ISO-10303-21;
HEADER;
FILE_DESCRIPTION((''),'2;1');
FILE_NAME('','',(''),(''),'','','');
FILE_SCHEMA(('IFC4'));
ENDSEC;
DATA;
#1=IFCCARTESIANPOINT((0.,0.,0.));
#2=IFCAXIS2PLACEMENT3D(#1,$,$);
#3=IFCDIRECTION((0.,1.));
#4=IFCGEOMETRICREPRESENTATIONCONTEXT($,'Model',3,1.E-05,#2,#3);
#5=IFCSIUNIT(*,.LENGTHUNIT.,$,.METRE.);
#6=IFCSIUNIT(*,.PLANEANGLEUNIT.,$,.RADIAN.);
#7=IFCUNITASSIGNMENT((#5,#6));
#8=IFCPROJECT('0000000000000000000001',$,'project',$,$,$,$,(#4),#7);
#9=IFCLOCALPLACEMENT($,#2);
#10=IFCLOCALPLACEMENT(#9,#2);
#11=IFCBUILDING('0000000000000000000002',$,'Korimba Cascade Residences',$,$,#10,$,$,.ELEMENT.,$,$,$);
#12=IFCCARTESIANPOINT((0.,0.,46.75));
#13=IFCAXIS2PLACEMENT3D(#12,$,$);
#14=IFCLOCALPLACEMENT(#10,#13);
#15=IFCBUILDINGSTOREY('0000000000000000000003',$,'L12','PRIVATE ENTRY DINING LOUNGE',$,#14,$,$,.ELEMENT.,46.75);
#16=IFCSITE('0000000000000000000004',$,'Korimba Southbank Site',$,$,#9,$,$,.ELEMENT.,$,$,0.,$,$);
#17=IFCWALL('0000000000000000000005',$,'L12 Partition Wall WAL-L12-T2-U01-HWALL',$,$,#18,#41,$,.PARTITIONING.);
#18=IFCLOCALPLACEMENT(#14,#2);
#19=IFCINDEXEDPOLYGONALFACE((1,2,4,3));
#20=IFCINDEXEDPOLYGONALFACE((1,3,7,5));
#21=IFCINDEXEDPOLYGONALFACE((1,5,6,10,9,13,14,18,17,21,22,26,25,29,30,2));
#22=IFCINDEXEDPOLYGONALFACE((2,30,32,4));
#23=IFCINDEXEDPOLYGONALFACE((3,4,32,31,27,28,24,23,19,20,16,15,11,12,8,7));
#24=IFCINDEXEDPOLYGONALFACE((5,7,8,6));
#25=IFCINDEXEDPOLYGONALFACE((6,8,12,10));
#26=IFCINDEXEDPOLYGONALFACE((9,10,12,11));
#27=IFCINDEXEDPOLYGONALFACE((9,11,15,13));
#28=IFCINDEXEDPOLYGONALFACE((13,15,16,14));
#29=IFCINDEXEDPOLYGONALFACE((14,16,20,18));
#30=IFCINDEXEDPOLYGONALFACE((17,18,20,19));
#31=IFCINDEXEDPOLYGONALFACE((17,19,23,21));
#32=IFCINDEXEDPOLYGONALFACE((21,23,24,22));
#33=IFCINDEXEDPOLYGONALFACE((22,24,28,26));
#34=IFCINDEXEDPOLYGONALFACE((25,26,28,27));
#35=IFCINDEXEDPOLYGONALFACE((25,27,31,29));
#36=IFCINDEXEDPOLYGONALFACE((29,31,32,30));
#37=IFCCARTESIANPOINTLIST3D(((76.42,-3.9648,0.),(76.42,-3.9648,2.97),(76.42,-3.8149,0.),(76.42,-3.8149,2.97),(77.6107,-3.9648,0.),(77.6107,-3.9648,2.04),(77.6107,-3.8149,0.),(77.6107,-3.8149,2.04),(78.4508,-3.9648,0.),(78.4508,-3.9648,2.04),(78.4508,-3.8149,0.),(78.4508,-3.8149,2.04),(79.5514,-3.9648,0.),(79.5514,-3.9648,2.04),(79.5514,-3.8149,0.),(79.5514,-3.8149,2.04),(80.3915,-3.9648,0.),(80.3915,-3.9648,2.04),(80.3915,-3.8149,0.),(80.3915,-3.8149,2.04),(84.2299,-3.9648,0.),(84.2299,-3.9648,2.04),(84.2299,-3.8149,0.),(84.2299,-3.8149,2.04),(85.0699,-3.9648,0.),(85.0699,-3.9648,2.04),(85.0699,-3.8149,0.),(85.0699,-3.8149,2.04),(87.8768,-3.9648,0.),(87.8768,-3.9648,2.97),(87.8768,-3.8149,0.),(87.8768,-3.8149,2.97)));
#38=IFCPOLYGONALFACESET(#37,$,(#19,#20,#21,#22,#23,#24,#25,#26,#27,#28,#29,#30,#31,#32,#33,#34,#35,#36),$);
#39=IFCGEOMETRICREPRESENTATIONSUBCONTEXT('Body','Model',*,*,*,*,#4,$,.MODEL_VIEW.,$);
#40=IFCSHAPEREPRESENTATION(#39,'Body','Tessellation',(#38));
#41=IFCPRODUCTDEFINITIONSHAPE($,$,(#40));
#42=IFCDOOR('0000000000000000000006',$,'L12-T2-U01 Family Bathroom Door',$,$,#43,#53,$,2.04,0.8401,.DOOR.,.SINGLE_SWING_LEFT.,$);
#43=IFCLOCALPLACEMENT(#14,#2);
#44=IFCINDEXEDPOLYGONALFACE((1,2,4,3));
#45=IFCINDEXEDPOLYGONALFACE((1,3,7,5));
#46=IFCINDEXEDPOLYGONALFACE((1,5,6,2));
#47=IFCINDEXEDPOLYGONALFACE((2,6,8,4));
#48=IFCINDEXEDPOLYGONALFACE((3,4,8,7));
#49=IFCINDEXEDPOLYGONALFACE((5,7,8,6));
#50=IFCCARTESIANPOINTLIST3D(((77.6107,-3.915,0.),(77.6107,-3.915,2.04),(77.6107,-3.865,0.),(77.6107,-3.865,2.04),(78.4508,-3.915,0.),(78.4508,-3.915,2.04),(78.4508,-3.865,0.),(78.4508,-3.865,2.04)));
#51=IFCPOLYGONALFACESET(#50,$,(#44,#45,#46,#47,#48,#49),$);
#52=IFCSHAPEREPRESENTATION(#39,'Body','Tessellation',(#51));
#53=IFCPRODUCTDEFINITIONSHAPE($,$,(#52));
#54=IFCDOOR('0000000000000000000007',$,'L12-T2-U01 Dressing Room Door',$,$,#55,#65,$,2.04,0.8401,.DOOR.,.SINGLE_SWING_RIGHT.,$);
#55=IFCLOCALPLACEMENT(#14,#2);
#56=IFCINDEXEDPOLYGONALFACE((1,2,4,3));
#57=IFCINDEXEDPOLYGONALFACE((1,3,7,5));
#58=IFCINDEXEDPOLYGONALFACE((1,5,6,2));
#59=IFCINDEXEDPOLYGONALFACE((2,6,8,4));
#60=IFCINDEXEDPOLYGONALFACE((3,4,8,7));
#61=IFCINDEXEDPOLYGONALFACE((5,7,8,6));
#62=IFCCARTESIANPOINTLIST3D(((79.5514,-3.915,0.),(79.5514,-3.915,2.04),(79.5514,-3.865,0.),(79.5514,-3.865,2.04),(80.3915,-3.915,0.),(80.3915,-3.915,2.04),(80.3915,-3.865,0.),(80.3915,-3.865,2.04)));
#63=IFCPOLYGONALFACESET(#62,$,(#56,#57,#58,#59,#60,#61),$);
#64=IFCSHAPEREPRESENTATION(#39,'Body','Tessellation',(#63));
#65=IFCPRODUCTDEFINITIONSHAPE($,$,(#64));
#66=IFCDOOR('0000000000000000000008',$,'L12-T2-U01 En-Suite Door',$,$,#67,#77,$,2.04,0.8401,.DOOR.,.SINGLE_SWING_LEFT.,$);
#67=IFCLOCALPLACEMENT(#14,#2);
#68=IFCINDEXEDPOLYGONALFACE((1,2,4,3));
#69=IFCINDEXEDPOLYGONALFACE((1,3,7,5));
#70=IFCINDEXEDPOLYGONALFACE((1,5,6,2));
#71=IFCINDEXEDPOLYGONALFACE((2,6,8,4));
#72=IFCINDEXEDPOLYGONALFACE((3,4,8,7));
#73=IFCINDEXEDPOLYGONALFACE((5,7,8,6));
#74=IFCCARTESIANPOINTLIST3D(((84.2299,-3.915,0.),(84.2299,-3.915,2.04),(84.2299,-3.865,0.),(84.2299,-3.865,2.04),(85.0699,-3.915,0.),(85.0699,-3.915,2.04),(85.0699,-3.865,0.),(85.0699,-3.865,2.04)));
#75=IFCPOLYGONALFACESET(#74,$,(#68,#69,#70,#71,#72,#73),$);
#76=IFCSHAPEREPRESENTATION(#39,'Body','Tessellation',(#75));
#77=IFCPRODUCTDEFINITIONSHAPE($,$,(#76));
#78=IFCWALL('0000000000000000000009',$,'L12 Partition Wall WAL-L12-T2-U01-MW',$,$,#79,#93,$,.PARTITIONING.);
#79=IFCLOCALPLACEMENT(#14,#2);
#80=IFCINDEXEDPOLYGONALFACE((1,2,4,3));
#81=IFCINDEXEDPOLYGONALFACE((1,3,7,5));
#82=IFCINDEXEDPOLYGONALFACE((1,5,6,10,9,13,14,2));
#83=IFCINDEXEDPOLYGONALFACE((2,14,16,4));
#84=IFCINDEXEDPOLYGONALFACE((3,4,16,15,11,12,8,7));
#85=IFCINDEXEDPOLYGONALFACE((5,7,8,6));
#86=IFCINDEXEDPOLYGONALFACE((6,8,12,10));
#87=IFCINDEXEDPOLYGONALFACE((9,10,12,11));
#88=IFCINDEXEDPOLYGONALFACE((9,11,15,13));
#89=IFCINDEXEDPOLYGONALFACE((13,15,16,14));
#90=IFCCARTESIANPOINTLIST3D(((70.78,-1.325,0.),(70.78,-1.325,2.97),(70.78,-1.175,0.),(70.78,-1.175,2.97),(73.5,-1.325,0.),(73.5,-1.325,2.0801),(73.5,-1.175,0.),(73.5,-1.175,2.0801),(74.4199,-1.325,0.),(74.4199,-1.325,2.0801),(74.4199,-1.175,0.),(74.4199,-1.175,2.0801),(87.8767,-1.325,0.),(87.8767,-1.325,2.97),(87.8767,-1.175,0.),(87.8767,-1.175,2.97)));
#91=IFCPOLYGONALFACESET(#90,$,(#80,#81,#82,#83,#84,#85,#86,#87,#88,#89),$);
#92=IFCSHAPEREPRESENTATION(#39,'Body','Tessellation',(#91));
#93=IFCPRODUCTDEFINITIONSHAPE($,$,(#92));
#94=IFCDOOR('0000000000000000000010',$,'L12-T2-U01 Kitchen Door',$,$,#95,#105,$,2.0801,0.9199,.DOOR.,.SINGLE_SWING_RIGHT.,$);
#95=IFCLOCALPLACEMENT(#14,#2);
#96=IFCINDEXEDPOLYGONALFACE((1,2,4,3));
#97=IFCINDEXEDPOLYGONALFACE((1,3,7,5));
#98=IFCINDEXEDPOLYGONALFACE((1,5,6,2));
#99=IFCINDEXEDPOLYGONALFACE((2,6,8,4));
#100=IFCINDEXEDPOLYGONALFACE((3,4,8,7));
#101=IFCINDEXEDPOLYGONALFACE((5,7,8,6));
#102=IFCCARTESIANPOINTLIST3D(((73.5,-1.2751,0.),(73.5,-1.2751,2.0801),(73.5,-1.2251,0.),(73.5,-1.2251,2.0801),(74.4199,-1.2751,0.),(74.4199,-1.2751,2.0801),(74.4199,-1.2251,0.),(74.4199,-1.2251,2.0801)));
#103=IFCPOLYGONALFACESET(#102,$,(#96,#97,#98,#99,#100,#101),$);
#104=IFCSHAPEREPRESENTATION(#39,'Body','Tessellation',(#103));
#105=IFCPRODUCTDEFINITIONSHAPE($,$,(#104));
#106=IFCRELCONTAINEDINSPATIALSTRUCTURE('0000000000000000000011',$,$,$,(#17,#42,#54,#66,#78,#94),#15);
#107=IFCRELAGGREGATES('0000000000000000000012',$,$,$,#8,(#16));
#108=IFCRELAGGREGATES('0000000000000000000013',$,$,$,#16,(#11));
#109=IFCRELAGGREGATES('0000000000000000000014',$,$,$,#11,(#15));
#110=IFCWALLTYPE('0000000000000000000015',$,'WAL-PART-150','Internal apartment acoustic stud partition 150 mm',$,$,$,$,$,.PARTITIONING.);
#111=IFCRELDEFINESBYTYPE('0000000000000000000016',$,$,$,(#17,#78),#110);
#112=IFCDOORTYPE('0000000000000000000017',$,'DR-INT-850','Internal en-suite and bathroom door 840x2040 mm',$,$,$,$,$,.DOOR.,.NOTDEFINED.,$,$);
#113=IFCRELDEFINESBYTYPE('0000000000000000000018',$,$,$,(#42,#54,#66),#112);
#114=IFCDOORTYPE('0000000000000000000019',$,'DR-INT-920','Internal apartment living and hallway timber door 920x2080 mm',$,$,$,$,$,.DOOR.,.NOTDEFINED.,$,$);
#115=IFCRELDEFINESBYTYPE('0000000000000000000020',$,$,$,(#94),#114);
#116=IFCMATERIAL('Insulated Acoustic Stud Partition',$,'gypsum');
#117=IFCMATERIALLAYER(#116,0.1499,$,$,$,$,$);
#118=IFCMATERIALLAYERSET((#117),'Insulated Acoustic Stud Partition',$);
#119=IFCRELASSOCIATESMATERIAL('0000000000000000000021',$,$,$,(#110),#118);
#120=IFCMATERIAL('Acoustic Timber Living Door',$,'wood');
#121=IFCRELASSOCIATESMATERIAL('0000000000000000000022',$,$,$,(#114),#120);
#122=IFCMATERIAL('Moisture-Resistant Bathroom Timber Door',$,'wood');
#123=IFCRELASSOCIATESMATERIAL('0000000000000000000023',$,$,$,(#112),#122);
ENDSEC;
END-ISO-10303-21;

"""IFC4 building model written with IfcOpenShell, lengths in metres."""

from ifc_helpers import new_model, si_unit, direction, frame, frame_2d, origin, place, context, subcontext, project, spatial, rectangle, extrude, material, layer, layer_set, type_object, element, fill, save


model = new_model("IFC4")

# Units and contexts
model_context = context("Model", 3, precision=1e-05, world=origin(), true_north=direction((0.0, 1.0)))
body_context = subcontext(model_context, "Body", "Model", "MODEL_VIEW")
ifc_project = project(units=[si_unit("LENGTHUNIT", "METRE"), si_unit("PLANEANGLEUNIT", "RADIAN")], contexts=[model_context])

# Site, building, storey
site_placement = place(None, origin())
site = spatial("IfcSite", under=ifc_project, at=site_placement, Name="Korimba Southbank Site", CompositionType="ELEMENT", RefElevation=0.0)
building_placement = place(site_placement, origin())
building = spatial("IfcBuilding", under=site, at=building_placement, Name="Korimba Cascade Residences", CompositionType="ELEMENT")
storey_placement = place(building_placement, frame((0.0, 0.0, 46.75)))
storey = spatial("IfcBuildingStorey", under=building, at=storey_placement, Name="L12", Description="PRIVATE ENTRY DINING LOUNGE", CompositionType="ELEMENT", Elevation=46.75)

# Shared definitions
ifc_material_1 = material(Name="Insulated Acoustic Stud Partition", Category="gypsum")
ifc_layer_1 = layer(ifc_material_1, 0.1499)
ifc_layer_set_1 = layer_set([ifc_layer_1], Name="Insulated Acoustic Stud Partition")
wall_type_1 = type_object("IfcWallType", Name="WAL-PART-150", Description="Internal apartment acoustic stud partition 150 mm", PredefinedType="PARTITIONING", material=ifc_layer_set_1)

# Shared definitions
ifc_material_2 = material(Name="Acoustic Timber Living Door", Category="wood")
door_type_1 = type_object("IfcDoorType", Name="DR-INT-920", Description="Internal apartment living and hallway timber door 920x2080 mm", OperationType="NOTDEFINED", PredefinedType="DOOR", material=ifc_material_2)

# Wall, openings, doors
wall_1_placement = place(storey_placement, frame((76.4199, -3.8899, 0.0), z_axis=(0.0, 0.0, 1.0), x_axis=(1.0, 0.0, 0.0)))
wall_1 = element("IfcWall", 1, at=wall_1_placement, inside=storey, type_object=wall_type_1, Name="L12 Partition Wall WAL-L12-T2-U01-HWALL", PredefinedType="PARTITIONING", context=body_context, shape_type="SweptSolid", body=[
    extrude(rectangle(XDim=11.4568, YDim=0.1499, at=frame_2d((5.7285, 0.0))), origin(), (0.0, 0.0, 1.0), 2.97),
])
opening_1_placement = place(wall_1_placement, frame((1.1909, 0.0, 0.0)))
opening_1 = element("IfcOpeningElement", 2, at=opening_1_placement, cuts=wall_1, PredefinedType="OPENING", context=body_context, shape_type="SweptSolid", body=[
    extrude(rectangle(XDim=0.8401, YDim=2.04, at=frame_2d((0.4199, 1.02))), frame((0.0, 0.085, 0.0), z_axis=(0.0, -1.0, 0.0), x_axis=(1.0, 0.0, 0.0)), (0.0, 0.0, 1.0), 0.1699),
])
opening_2_placement = place(wall_1_placement, frame((3.1316, 0.0, 0.0)))
opening_2 = element("IfcOpeningElement", 3, at=opening_2_placement, cuts=wall_1, PredefinedType="OPENING", context=body_context, shape_type="SweptSolid", body=[
    extrude(rectangle(XDim=0.8401, YDim=2.04, at=frame_2d((0.4199, 1.02))), frame((0.0, 0.085, 0.0), z_axis=(0.0, -1.0, 0.0), x_axis=(1.0, 0.0, 0.0)), (0.0, 0.0, 1.0), 0.1699),
])
opening_3_placement = place(wall_1_placement, frame((7.8101, 0.0, 0.0)))
opening_3 = element("IfcOpeningElement", 4, at=opening_3_placement, cuts=wall_1, PredefinedType="OPENING", context=body_context, shape_type="SweptSolid", body=[
    extrude(rectangle(XDim=0.8401, YDim=2.04, at=frame_2d((0.4199, 1.02))), frame((0.0, 0.085, 0.0), z_axis=(0.0, -1.0, 0.0), x_axis=(1.0, 0.0, 0.0)), (0.0, 0.0, 1.0), 0.1699),
])
ifc_material_3 = material(Name="Moisture-Resistant Bathroom Timber Door", Category="wood")
door_type_2 = type_object("IfcDoorType", Name="DR-INT-850", Description="Internal en-suite and bathroom door 840x2040 mm", OperationType="NOTDEFINED", PredefinedType="DOOR", material=ifc_material_3)
door_1_placement = place(opening_1_placement, origin())
door_1 = element("IfcDoor", 5, at=door_1_placement, inside=storey, type_object=door_type_2, Name="L12-T2-U01 Family Bathroom Door", OperationType="SINGLE_SWING_LEFT", OverallHeight=2.04, OverallWidth=0.8401, PredefinedType="DOOR", context=body_context, shape_type="SweptSolid", body=[
    extrude(rectangle(XDim=0.8401, YDim=2.04, at=frame_2d((0.4199, 1.02))), frame((0.0, 0.0249, 0.0), z_axis=(0.0, -1.0, 0.0), x_axis=(1.0, 0.0, 0.0)), (0.0, 0.0, 1.0), 0.05),
])
fill(opening_1, door_1)
door_2_placement = place(opening_2_placement, origin())
door_2 = element("IfcDoor", 6, at=door_2_placement, inside=storey, type_object=door_type_2, Name="L12-T2-U01 Dressing Room Door", OperationType="SINGLE_SWING_RIGHT", OverallHeight=2.04, OverallWidth=0.8401, PredefinedType="DOOR", context=body_context, shape_type="SweptSolid", body=[
    extrude(rectangle(XDim=0.8401, YDim=2.04, at=frame_2d((0.4199, 1.02))), frame((0.0, 0.0249, 0.0), z_axis=(0.0, -1.0, 0.0), x_axis=(1.0, 0.0, 0.0)), (0.0, 0.0, 1.0), 0.05),
])
fill(opening_2, door_2)
door_3_placement = place(opening_3_placement, origin())
door_3 = element("IfcDoor", 7, at=door_3_placement, inside=storey, type_object=door_type_2, Name="L12-T2-U01 En-Suite Door", OperationType="SINGLE_SWING_LEFT", OverallHeight=2.04, OverallWidth=0.8401, PredefinedType="DOOR", context=body_context, shape_type="SweptSolid", body=[
    extrude(rectangle(XDim=0.8401, YDim=2.04, at=frame_2d((0.4199, 1.02))), frame((0.0, 0.0249, 0.0), z_axis=(0.0, -1.0, 0.0), x_axis=(1.0, 0.0, 0.0)), (0.0, 0.0, 1.0), 0.05),
])
fill(opening_3, door_3)

# Wall, opening, door
wall_2_placement = place(storey_placement, frame((70.78, -1.25, 0.0), z_axis=(0.0, 0.0, 1.0), x_axis=(1.0, 0.0, 0.0)))
wall_2 = element("IfcWall", 8, at=wall_2_placement, inside=storey, type_object=wall_type_1, Name="L12 Partition Wall WAL-L12-T2-U01-MW", PredefinedType="PARTITIONING", context=body_context, shape_type="SweptSolid", body=[
    extrude(rectangle(XDim=17.0967, YDim=0.1499, at=frame_2d((8.5483, 0.0))), origin(), (0.0, 0.0, 1.0), 2.97),
])
opening_4_placement = place(wall_2_placement, frame((2.72, 0.0, 0.0)))
opening_4 = element("IfcOpeningElement", 9, at=opening_4_placement, cuts=wall_2, PredefinedType="OPENING", context=body_context, shape_type="SweptSolid", body=[
    extrude(rectangle(XDim=0.9199, YDim=2.0801, at=frame_2d((0.46, 1.04))), frame((0.0, 0.085, 0.0), z_axis=(0.0, -1.0, 0.0), x_axis=(1.0, 0.0, 0.0)), (0.0, 0.0, 1.0), 0.1699),
])
door_4_placement = place(opening_4_placement, origin())
door_4 = element("IfcDoor", 10, at=door_4_placement, inside=storey, type_object=door_type_1, Name="L12-T2-U01 Kitchen Door", OperationType="SINGLE_SWING_RIGHT", OverallHeight=2.0801, OverallWidth=0.9199, PredefinedType="DOOR", context=body_context, shape_type="SweptSolid", body=[
    extrude(rectangle(XDim=0.9199, YDim=2.0801, at=frame_2d((0.46, 1.04))), frame((0.0, 0.0249, 0.0), z_axis=(0.0, -1.0, 0.0), x_axis=(1.0, 0.0, 0.0)), (0.0, 0.0, 1.0), 0.05),
])
fill(opening_4, door_4)

save(model, "model.ifc")
